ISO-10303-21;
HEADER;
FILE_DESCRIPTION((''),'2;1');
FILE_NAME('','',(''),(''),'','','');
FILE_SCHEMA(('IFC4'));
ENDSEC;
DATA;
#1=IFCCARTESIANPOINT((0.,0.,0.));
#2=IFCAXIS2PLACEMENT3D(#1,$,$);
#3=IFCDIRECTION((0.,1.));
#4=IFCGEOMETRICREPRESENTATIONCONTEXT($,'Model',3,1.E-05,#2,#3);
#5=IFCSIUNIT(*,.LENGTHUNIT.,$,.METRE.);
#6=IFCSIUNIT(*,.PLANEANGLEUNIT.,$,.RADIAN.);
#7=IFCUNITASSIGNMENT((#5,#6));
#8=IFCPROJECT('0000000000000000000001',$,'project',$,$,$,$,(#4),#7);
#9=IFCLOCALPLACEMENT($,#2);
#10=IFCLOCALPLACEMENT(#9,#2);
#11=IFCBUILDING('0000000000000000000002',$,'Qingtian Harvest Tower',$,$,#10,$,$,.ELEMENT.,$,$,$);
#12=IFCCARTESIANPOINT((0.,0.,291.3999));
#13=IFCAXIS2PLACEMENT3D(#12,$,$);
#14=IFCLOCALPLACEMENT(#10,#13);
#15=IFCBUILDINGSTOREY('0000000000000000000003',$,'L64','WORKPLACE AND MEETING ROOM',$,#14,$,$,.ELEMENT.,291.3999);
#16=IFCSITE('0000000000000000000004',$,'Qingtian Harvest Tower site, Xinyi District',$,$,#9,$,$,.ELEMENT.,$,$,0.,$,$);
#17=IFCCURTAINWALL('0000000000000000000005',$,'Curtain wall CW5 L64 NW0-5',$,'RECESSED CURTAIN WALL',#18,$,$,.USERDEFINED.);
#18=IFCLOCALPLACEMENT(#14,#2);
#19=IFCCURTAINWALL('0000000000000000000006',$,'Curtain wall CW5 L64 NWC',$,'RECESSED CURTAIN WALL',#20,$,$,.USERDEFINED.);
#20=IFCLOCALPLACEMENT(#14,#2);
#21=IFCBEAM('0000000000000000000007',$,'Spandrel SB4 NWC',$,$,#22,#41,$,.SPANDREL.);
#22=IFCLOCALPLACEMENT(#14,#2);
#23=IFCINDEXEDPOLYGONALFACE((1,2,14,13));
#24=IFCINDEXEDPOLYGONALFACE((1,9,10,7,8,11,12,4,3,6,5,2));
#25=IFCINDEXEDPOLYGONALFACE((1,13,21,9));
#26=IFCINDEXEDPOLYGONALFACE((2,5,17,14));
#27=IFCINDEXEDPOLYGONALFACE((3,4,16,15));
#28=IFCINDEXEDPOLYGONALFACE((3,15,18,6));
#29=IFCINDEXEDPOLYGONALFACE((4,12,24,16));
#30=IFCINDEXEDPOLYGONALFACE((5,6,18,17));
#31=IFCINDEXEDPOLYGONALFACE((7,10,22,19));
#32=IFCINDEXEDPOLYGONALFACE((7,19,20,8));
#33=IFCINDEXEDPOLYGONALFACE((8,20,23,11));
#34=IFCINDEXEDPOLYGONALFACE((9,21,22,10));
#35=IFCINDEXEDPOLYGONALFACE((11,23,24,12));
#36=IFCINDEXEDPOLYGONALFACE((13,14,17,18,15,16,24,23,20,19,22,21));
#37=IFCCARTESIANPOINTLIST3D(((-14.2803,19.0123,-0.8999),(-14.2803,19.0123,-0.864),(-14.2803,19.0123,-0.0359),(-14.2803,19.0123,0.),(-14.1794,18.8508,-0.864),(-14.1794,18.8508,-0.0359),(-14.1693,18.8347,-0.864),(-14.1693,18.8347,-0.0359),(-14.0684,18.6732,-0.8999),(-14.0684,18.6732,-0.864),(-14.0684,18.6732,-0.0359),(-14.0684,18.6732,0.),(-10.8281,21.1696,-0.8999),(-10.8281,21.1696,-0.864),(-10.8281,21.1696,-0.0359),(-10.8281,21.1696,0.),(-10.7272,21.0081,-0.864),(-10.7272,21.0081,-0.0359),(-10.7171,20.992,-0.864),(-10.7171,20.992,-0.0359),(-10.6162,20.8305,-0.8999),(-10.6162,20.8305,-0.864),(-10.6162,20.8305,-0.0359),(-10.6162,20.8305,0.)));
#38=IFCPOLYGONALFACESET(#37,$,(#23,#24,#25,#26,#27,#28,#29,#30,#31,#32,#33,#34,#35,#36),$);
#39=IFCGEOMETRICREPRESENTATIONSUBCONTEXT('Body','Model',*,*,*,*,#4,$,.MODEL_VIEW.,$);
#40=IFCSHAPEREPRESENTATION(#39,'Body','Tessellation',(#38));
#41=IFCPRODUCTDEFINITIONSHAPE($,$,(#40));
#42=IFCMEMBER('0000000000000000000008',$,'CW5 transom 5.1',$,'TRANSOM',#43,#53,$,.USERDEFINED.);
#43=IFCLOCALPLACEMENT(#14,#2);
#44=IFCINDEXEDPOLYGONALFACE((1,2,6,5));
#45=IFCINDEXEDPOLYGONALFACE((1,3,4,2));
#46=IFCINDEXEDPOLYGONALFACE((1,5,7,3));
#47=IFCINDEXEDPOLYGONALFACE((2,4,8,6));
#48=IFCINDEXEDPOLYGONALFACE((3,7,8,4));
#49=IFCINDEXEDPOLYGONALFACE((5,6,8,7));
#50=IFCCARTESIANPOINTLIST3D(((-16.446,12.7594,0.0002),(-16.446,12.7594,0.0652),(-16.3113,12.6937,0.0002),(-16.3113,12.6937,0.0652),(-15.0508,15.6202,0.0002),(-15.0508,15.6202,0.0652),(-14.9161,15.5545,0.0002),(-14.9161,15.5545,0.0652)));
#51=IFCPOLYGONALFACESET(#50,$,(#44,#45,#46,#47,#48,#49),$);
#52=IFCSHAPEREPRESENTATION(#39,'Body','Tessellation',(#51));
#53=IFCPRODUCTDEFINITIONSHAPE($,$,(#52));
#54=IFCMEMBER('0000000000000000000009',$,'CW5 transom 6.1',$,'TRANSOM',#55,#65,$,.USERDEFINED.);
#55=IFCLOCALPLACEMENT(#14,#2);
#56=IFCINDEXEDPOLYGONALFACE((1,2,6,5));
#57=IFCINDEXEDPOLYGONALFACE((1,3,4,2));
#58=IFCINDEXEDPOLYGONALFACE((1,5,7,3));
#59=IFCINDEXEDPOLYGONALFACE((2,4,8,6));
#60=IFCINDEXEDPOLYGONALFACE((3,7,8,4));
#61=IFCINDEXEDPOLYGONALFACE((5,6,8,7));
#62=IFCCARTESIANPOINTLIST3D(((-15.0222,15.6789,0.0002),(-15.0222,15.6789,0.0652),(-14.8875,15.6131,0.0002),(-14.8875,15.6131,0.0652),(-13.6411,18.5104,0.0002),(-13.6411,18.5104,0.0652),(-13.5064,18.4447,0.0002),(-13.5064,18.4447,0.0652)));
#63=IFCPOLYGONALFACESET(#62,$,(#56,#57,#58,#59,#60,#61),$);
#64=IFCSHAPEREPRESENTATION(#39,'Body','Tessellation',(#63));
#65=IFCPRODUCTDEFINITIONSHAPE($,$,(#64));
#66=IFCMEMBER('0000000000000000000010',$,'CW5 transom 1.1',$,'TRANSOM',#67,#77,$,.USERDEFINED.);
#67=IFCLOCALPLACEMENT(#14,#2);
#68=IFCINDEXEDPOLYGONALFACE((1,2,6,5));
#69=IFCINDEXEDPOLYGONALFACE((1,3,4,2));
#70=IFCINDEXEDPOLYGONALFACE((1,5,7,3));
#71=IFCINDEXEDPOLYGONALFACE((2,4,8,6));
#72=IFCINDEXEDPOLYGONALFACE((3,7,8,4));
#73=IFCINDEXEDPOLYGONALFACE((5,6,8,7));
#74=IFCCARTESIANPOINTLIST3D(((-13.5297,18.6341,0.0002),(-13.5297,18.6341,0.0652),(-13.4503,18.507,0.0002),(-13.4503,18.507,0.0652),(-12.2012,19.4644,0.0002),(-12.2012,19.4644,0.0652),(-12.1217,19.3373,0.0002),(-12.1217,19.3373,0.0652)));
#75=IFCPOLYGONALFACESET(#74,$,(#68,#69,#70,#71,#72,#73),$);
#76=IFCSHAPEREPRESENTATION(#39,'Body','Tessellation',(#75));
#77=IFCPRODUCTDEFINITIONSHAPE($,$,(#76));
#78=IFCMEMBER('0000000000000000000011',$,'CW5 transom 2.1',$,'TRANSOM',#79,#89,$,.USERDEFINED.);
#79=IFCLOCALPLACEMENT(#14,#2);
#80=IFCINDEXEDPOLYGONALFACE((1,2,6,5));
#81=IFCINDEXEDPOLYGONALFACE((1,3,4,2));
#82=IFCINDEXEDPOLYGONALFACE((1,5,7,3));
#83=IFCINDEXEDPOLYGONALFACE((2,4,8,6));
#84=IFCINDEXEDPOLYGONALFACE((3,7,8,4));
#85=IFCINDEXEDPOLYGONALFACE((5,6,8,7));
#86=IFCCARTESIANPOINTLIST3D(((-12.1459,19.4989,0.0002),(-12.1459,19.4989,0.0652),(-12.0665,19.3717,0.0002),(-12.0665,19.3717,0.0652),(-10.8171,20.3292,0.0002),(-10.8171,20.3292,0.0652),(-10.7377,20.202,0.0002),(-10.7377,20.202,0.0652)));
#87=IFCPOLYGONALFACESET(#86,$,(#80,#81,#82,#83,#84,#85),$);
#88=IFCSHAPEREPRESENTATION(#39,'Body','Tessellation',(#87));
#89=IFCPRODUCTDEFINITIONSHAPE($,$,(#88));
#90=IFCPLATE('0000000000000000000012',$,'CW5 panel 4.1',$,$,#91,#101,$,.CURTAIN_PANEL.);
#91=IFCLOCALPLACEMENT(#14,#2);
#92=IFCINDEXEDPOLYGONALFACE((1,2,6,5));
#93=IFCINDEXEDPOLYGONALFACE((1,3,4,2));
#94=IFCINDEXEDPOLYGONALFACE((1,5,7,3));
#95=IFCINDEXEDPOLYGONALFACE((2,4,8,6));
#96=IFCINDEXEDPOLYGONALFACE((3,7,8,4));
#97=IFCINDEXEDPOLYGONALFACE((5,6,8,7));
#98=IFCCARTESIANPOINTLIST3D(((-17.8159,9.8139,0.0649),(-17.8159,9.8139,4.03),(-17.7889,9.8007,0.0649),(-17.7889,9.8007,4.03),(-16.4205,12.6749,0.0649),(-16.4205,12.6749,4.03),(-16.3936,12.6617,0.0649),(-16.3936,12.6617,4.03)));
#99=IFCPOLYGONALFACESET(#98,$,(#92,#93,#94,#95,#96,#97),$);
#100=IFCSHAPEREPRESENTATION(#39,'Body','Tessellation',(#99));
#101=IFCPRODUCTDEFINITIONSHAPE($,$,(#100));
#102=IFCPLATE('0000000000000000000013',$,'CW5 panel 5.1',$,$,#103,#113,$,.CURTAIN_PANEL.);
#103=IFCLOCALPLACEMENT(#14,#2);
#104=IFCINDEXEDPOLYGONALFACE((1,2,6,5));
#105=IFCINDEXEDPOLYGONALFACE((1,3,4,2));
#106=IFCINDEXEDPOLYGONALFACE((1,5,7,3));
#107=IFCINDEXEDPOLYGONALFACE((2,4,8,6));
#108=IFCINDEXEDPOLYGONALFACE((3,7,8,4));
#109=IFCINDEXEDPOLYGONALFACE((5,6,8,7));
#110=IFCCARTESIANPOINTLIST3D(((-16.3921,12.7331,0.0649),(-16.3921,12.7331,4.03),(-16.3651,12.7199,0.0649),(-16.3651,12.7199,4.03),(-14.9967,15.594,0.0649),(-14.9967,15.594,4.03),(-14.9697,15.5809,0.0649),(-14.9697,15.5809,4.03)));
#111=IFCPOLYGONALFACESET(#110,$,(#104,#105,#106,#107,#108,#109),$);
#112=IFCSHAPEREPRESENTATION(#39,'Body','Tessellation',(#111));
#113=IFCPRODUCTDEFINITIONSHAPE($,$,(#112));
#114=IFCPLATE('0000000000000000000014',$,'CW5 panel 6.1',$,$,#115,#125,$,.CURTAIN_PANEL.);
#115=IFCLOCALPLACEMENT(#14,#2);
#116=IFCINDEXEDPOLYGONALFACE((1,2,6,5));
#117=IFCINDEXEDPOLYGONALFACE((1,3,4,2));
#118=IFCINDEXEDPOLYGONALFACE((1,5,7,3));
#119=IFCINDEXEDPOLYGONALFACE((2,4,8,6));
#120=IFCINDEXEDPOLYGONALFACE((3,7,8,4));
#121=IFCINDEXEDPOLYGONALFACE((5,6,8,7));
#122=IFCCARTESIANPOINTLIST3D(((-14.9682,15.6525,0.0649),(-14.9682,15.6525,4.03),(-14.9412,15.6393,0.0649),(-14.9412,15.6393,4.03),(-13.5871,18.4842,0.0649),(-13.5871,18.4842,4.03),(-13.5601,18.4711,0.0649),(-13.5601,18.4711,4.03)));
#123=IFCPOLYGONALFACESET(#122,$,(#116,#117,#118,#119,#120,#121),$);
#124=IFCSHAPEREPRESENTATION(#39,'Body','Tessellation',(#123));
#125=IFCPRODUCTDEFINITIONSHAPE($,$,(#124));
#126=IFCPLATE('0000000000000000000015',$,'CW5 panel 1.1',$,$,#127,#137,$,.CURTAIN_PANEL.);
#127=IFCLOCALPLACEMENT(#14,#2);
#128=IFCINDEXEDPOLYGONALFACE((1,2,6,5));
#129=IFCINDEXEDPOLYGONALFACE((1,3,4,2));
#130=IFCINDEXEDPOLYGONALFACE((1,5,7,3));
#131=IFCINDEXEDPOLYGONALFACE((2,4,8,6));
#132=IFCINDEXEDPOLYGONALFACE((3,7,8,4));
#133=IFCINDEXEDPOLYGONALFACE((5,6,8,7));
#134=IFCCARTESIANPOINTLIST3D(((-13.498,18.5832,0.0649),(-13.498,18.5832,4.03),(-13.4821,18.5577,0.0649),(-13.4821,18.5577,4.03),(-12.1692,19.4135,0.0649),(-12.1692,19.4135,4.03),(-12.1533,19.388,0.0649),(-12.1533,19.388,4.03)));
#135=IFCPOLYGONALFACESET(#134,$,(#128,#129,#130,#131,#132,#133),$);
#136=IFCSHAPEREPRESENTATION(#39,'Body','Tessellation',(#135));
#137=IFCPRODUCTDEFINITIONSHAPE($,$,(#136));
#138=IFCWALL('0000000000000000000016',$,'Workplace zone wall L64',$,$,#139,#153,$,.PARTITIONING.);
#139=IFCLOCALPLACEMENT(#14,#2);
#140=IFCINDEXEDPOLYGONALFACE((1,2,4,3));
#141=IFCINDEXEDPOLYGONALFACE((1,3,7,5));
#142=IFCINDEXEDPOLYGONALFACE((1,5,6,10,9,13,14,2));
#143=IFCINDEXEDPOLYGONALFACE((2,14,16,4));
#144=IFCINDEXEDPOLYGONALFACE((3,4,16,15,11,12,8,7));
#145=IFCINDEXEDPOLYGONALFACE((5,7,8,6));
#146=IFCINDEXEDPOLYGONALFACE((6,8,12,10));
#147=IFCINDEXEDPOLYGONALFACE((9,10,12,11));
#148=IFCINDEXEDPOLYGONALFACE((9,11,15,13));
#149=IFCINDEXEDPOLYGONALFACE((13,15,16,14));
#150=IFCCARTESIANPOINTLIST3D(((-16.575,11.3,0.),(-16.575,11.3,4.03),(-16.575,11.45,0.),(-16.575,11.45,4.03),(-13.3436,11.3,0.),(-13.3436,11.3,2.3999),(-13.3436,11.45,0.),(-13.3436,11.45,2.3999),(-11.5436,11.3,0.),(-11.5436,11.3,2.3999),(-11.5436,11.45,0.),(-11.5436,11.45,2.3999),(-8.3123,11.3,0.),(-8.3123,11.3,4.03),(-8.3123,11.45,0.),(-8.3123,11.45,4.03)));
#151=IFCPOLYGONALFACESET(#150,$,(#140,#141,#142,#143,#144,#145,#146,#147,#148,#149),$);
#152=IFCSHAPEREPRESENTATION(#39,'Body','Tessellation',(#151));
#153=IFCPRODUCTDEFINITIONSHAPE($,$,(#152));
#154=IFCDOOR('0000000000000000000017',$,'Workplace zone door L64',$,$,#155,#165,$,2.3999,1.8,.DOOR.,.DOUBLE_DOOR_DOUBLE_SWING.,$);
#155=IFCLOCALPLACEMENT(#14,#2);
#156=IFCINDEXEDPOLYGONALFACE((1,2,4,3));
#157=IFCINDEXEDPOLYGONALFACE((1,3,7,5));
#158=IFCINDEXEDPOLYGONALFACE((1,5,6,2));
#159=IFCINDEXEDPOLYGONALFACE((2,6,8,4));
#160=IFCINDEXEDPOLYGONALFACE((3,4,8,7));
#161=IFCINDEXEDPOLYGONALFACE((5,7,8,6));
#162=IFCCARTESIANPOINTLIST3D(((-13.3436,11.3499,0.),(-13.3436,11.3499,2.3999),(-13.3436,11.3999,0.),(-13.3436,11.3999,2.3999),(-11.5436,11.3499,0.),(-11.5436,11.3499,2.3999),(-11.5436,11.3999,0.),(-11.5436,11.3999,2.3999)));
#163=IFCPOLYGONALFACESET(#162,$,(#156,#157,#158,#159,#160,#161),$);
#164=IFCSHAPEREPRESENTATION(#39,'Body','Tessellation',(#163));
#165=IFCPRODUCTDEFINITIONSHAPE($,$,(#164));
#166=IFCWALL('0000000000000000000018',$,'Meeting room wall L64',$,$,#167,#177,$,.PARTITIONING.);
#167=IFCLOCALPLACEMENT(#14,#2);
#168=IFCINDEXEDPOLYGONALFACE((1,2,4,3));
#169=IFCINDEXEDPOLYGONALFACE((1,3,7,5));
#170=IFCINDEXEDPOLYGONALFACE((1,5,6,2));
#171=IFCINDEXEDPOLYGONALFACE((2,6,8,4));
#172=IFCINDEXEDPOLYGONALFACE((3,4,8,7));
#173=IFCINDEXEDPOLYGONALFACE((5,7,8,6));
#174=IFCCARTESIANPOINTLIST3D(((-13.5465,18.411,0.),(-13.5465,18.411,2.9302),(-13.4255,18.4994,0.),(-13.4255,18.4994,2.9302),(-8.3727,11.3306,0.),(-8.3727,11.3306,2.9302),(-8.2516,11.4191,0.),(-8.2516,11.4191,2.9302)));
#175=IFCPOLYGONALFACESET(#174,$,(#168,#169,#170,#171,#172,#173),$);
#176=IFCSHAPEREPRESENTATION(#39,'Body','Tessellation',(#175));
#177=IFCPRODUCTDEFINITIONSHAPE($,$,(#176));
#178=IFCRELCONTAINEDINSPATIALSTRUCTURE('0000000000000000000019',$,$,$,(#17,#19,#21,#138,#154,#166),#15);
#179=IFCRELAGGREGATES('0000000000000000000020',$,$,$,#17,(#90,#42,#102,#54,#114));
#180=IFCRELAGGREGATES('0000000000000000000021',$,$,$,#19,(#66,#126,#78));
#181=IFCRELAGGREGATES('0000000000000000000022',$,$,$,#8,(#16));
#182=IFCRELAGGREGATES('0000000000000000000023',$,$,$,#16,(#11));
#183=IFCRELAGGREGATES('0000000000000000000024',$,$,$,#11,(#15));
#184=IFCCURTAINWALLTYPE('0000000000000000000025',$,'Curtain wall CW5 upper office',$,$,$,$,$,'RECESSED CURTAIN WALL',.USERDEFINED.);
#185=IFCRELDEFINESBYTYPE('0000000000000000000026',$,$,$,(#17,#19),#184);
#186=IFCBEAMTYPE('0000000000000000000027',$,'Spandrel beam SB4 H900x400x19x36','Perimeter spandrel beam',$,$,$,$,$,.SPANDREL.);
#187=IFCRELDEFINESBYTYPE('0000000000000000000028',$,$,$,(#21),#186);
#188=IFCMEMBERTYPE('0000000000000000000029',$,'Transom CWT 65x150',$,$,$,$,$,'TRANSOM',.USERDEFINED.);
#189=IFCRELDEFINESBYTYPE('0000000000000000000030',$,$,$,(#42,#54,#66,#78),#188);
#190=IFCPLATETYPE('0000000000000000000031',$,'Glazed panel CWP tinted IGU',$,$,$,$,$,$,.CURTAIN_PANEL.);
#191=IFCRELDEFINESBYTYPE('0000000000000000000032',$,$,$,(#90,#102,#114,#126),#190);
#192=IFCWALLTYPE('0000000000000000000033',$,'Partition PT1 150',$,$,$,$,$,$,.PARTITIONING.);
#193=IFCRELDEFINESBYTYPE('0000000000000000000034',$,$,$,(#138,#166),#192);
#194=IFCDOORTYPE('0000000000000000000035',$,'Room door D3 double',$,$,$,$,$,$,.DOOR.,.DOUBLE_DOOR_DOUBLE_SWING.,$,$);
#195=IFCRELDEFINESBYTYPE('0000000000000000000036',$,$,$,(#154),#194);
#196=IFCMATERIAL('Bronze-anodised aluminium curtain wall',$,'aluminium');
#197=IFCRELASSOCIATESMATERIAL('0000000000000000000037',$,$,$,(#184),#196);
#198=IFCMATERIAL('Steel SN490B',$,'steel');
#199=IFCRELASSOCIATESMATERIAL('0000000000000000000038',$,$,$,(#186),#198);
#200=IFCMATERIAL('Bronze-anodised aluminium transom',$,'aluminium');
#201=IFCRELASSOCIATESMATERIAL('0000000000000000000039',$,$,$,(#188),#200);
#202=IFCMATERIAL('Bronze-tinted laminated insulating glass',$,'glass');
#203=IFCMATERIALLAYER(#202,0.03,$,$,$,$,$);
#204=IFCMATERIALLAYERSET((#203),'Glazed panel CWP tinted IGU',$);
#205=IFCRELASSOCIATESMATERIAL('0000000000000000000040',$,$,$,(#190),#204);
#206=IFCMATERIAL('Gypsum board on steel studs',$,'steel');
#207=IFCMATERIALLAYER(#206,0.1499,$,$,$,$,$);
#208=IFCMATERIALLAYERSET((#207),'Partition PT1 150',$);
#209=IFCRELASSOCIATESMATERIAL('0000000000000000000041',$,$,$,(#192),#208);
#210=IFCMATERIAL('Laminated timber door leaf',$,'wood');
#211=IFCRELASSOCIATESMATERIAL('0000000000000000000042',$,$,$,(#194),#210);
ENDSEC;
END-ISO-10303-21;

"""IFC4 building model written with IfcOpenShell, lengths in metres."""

from ifc_helpers import new_model, si_unit, direction, frame, frame_2d, origin, origin_2d, place, context, subcontext, project, spatial, rectangle, i_section, extrude, material, layer, layer_set, material_profile, profile_set, type_object, element, fill, aggregate, save


model = new_model("IFC4")

# Units and contexts
model_context = context("Model", 3, precision=1e-05, world=origin(), true_north=direction((0.0, 1.0)))
body_context = subcontext(model_context, "Body", "Model", "MODEL_VIEW")
ifc_project = project(units=[si_unit("LENGTHUNIT", "METRE"), si_unit("PLANEANGLEUNIT", "RADIAN")], contexts=[model_context])

# Site, building, storey
site_placement = place(None, origin())
site = spatial("IfcSite", under=ifc_project, at=site_placement, Name="Qingtian Harvest Tower site, Xinyi District", CompositionType="ELEMENT", RefElevation=0.0)
building_placement = place(site_placement, origin())
building = spatial("IfcBuilding", under=site, at=building_placement, Name="Qingtian Harvest Tower", CompositionType="ELEMENT")
storey_placement = place(building_placement, frame((0.0, 0.0, 291.3999)))
storey = spatial("IfcBuildingStorey", under=building, at=storey_placement, Name="L64", Description="WORKPLACE AND MEETING ROOM", CompositionType="ELEMENT", Elevation=291.3999)

# Curtain walls
ifc_material_1 = material(Name="Bronze-anodised aluminium curtain wall", Category="aluminium")
curtain_wall_type = type_object("IfcCurtainWallType", Name="Curtain wall CW5 upper office", ElementType="RECESSED CURTAIN WALL", PredefinedType="USERDEFINED", material=ifc_material_1)
curtain_wall_1_placement = place(storey_placement, origin())
curtain_wall_1 = element("IfcCurtainWall", 1, at=curtain_wall_1_placement, inside=storey, type_object=curtain_wall_type, Name="Curtain wall CW5 L64 NW0-5", ObjectType="RECESSED CURTAIN WALL", PredefinedType="USERDEFINED")
curtain_wall_2_placement = place(storey_placement, origin())
curtain_wall_2 = element("IfcCurtainWall", 2, at=curtain_wall_2_placement, inside=storey, type_object=curtain_wall_type, Name="Curtain wall CW5 L64 NWC", ObjectType="RECESSED CURTAIN WALL", PredefinedType="USERDEFINED")

# Beam
ifc_material_2 = material(Name="Steel SN490B", Category="steel")
ifc_material_profile_1 = material_profile(ifc_material_2, i_section(OverallWidth=0.3999, OverallDepth=0.8999, WebThickness=0.019, FlangeThickness=0.0359, at=origin_2d()), Name="H900x400x19x36")
ifc_profile_set_1 = profile_set([ifc_material_profile_1], Name="Steel SN490B")
beam_type_1 = type_object("IfcBeamType", Name="Spandrel beam SB4 H900x400x19x36", Description="Perimeter spandrel beam", PredefinedType="SPANDREL", material=ifc_profile_set_1)
beam_1_placement = place(storey_placement, frame((-14.1743, 18.8428, -0.45), z_axis=(0.848039, 0.529934, 0.0), x_axis=(-0.529934, 0.848039, 0.0)))
element("IfcBeam", 3, at=beam_1_placement, inside=storey, type_object=beam_type_1, Name="Spandrel SB4 NWC", PredefinedType="SPANDREL", context=body_context, shape_type="SweptSolid", body=[
    extrude(i_section(OverallWidth=0.3999, OverallDepth=0.8999, WebThickness=0.019, FlangeThickness=0.0359, at=origin_2d()), origin(), (0.0, 0.0, 1.0), 4.0708),
])

# Members
ifc_material_3 = material(Name="Bronze-anodised aluminium transom", Category="aluminium")
ifc_material_profile_2 = material_profile(ifc_material_3, rectangle(XDim=0.1499, YDim=0.0649, at=origin_2d()), Name="AL 65x150")
ifc_profile_set_2 = profile_set([ifc_material_profile_2], Name="Bronze-anodised aluminium transom")
member_type_1 = type_object("IfcMemberType", Name="Transom CWT 65x150", ElementType="TRANSOM", PredefinedType="USERDEFINED", material=ifc_profile_set_2)
member_1_placement = place(storey_placement, frame((-16.3787, 12.7266, 0.0327), z_axis=(0.438356, 0.898802, 0.0), x_axis=(-0.898802, 0.438356, 0.0)))
member_1 = element("IfcMember", 4, at=member_1_placement, type_object=member_type_1, Name="CW5 transom 5.1", ObjectType="TRANSOM", PredefinedType="USERDEFINED", context=body_context, shape_type="SweptSolid", body=[
    extrude(rectangle(XDim=0.1499, YDim=0.0649, at=origin_2d()), origin(), (0.0, 0.0, 1.0), 3.1829),
])
member_2_placement = place(storey_placement, frame((-14.9548, 15.646, 0.0327), z_axis=(0.438389, 0.898786, 0.0), x_axis=(-0.898786, 0.438389, 0.0)))
member_2 = element("IfcMember", 5, at=member_2_placement, type_object=member_type_1, Name="CW5 transom 6.1", ObjectType="TRANSOM", PredefinedType="USERDEFINED", context=body_context, shape_type="SweptSolid", body=[
    extrude(rectangle(XDim=0.1499, YDim=0.0649, at=origin_2d()), origin(), (0.0, 0.0, 1.0), 3.1504),
])
member_3_placement = place(storey_placement, frame((-13.49, 18.5706, 0.0327), z_axis=(0.848016, 0.529971, 0.0), x_axis=(-0.529971, 0.848016, 0.0)))
member_3 = element("IfcMember", 6, at=member_3_placement, type_object=member_type_1, Name="CW5 transom 1.1", ObjectType="TRANSOM", PredefinedType="USERDEFINED", context=body_context, shape_type="SweptSolid", body=[
    extrude(rectangle(XDim=0.1499, YDim=0.0649, at=origin_2d()), origin(), (0.0, 0.0, 1.0), 1.5667),
])
member_4_placement = place(storey_placement, frame((-12.1062, 19.4353, 0.0327), z_axis=(0.84806, 0.529901, 0.0), x_axis=(-0.529901, 0.84806, 0.0)))
member_4 = element("IfcMember", 7, at=member_4_placement, type_object=member_type_1, Name="CW5 transom 2.1", ObjectType="TRANSOM", PredefinedType="USERDEFINED", context=body_context, shape_type="SweptSolid", body=[
    extrude(rectangle(XDim=0.1499, YDim=0.0649, at=origin_2d()), origin(), (0.0, 0.0, 1.0), 1.5669),
])

# Plates
ifc_material_4 = material(Name="Bronze-tinted laminated insulating glass", Category="glass")
ifc_layer_1 = layer(ifc_material_4, 0.03)
ifc_layer_set_1 = layer_set([ifc_layer_1], Name="Glazed panel CWP tinted IGU")
plate_type = type_object("IfcPlateType", Name="Glazed panel CWP tinted IGU", PredefinedType="CURTAIN_PANEL", material=ifc_layer_set_1)
plate_1_placement = place(storey_placement, frame((-17.1047, 11.2378, 0.0649), z_axis=(0.0, 0.0, 1.0), x_axis=(0.438371, 0.898794, 0.0)))
plate_1 = element("IfcPlate", 8, at=plate_1_placement, type_object=plate_type, Name="CW5 panel 4.1", PredefinedType="CURTAIN_PANEL", context=body_context, shape_type="SweptSolid", body=[
    extrude(rectangle(XDim=3.1831, YDim=0.03, at=origin_2d()), origin(), (0.0, 0.0, 1.0), 3.9651),
])
plate_2_placement = place(storey_placement, frame((-15.6809, 14.157, 0.0649), z_axis=(0.0, 0.0, 1.0), x_axis=(0.438371, 0.898794, 0.0)))
plate_2 = element("IfcPlate", 9, at=plate_2_placement, type_object=plate_type, Name="CW5 panel 5.1", PredefinedType="CURTAIN_PANEL", context=body_context, shape_type="SweptSolid", body=[
    extrude(rectangle(XDim=3.1831, YDim=0.03, at=origin_2d()), origin(), (0.0, 0.0, 1.0), 3.9651),
])
plate_3_placement = place(storey_placement, frame((-14.2642, 17.0618, 0.0649), z_axis=(0.0, 0.0, 1.0), x_axis=(0.438371, 0.898794, 0.0)))
plate_3 = element("IfcPlate", 10, at=plate_3_placement, type_object=plate_type, Name="CW5 panel 6.1", PredefinedType="CURTAIN_PANEL", context=body_context, shape_type="SweptSolid", body=[
    extrude(rectangle(XDim=3.1506, YDim=0.03, at=origin_2d()), origin(), (0.0, 0.0, 1.0), 3.9651),
])
aggregate(curtain_wall_1, [plate_1, member_1, plate_2, member_2, plate_3])
plate_4_placement = place(storey_placement, frame((-12.8257, 18.9856, 0.0649), z_axis=(0.0, 0.0, 1.0), x_axis=(0.848048, 0.529919, 0.0)))
plate_4 = element("IfcPlate", 11, at=plate_4_placement, type_object=plate_type, Name="CW5 panel 1.1", PredefinedType="CURTAIN_PANEL", context=body_context, shape_type="SweptSolid", body=[
    extrude(rectangle(XDim=1.5669, YDim=0.03, at=origin_2d()), origin(), (0.0, 0.0, 1.0), 3.9651),
])
aggregate(curtain_wall_2, [member_3, plate_4, member_4])

# Wall, opening, door
ifc_material_5 = material(Name="Gypsum board on steel studs", Category="steel")
ifc_layer_2 = layer(ifc_material_5, 0.1499)
ifc_layer_set_2 = layer_set([ifc_layer_2], Name="Partition PT1 150")
wall_type = type_object("IfcWallType", Name="Partition PT1 150", PredefinedType="PARTITIONING", material=ifc_layer_set_2)
wall_1_placement = place(storey_placement, frame((-16.575, 11.375, 0.0), z_axis=(0.0, 0.0, 1.0), x_axis=(1.0, 0.0, 0.0)))
wall_1 = element("IfcWall", 12, at=wall_1_placement, inside=storey, type_object=wall_type, Name="Workplace zone wall L64", PredefinedType="PARTITIONING", context=body_context, shape_type="SweptSolid", body=[
    extrude(rectangle(XDim=8.2627, YDim=0.1499, at=frame_2d((4.1313, 0.0))), origin(), (0.0, 0.0, 1.0), 4.03),
])
opening_placement = place(wall_1_placement, frame((3.2314, 0.0, 0.0)))
opening = element("IfcOpeningElement", 13, at=opening_placement, cuts=wall_1, PredefinedType="OPENING", context=body_context, shape_type="SweptSolid", body=[
    extrude(rectangle(XDim=1.8, YDim=2.3999, at=frame_2d((0.8999, 1.2))), frame((0.0, 0.085, 0.0), z_axis=(0.0, -1.0, 0.0), x_axis=(1.0, 0.0, 0.0)), (0.0, 0.0, 1.0), 0.1699),
])
ifc_material_6 = material(Name="Laminated timber door leaf", Category="wood")
door_type = type_object("IfcDoorType", Name="Room door D3 double", OperationType="DOUBLE_DOOR_DOUBLE_SWING", PredefinedType="DOOR", material=ifc_material_6)
door_placement = place(opening_placement, origin())
door = element("IfcDoor", 14, at=door_placement, inside=storey, type_object=door_type, Name="Workplace zone door L64", OperationType="DOUBLE_DOOR_DOUBLE_SWING", OverallHeight=2.3999, OverallWidth=1.8, PredefinedType="DOOR", context=body_context, shape_type="SweptSolid", body=[
    extrude(rectangle(XDim=1.8, YDim=2.3999, at=frame_2d((0.8999, 1.2))), frame((0.0, 0.0249, 0.0), z_axis=(0.0, -1.0, 0.0), x_axis=(1.0, 0.0, 0.0)), (0.0, 0.0, 1.0), 0.05),
])
fill(opening, door)

# Wall
wall_2_placement = place(storey_placement, frame((-13.4861, 18.4553, 0.0), z_axis=(0.0, 0.0, 1.0), x_axis=(0.589998, -0.807405, 0.0)))
element("IfcWall", 15, at=wall_2_placement, inside=storey, type_object=wall_type, Name="Meeting room wall L64", PredefinedType="PARTITIONING", context=body_context, shape_type="SweptSolid", body=[
    extrude(rectangle(XDim=8.7693, YDim=0.1499, at=frame_2d((4.3848, 0.0))), origin(), (0.0, 0.0, 1.0), 2.9302),
])

save(model, "model.ifc")
